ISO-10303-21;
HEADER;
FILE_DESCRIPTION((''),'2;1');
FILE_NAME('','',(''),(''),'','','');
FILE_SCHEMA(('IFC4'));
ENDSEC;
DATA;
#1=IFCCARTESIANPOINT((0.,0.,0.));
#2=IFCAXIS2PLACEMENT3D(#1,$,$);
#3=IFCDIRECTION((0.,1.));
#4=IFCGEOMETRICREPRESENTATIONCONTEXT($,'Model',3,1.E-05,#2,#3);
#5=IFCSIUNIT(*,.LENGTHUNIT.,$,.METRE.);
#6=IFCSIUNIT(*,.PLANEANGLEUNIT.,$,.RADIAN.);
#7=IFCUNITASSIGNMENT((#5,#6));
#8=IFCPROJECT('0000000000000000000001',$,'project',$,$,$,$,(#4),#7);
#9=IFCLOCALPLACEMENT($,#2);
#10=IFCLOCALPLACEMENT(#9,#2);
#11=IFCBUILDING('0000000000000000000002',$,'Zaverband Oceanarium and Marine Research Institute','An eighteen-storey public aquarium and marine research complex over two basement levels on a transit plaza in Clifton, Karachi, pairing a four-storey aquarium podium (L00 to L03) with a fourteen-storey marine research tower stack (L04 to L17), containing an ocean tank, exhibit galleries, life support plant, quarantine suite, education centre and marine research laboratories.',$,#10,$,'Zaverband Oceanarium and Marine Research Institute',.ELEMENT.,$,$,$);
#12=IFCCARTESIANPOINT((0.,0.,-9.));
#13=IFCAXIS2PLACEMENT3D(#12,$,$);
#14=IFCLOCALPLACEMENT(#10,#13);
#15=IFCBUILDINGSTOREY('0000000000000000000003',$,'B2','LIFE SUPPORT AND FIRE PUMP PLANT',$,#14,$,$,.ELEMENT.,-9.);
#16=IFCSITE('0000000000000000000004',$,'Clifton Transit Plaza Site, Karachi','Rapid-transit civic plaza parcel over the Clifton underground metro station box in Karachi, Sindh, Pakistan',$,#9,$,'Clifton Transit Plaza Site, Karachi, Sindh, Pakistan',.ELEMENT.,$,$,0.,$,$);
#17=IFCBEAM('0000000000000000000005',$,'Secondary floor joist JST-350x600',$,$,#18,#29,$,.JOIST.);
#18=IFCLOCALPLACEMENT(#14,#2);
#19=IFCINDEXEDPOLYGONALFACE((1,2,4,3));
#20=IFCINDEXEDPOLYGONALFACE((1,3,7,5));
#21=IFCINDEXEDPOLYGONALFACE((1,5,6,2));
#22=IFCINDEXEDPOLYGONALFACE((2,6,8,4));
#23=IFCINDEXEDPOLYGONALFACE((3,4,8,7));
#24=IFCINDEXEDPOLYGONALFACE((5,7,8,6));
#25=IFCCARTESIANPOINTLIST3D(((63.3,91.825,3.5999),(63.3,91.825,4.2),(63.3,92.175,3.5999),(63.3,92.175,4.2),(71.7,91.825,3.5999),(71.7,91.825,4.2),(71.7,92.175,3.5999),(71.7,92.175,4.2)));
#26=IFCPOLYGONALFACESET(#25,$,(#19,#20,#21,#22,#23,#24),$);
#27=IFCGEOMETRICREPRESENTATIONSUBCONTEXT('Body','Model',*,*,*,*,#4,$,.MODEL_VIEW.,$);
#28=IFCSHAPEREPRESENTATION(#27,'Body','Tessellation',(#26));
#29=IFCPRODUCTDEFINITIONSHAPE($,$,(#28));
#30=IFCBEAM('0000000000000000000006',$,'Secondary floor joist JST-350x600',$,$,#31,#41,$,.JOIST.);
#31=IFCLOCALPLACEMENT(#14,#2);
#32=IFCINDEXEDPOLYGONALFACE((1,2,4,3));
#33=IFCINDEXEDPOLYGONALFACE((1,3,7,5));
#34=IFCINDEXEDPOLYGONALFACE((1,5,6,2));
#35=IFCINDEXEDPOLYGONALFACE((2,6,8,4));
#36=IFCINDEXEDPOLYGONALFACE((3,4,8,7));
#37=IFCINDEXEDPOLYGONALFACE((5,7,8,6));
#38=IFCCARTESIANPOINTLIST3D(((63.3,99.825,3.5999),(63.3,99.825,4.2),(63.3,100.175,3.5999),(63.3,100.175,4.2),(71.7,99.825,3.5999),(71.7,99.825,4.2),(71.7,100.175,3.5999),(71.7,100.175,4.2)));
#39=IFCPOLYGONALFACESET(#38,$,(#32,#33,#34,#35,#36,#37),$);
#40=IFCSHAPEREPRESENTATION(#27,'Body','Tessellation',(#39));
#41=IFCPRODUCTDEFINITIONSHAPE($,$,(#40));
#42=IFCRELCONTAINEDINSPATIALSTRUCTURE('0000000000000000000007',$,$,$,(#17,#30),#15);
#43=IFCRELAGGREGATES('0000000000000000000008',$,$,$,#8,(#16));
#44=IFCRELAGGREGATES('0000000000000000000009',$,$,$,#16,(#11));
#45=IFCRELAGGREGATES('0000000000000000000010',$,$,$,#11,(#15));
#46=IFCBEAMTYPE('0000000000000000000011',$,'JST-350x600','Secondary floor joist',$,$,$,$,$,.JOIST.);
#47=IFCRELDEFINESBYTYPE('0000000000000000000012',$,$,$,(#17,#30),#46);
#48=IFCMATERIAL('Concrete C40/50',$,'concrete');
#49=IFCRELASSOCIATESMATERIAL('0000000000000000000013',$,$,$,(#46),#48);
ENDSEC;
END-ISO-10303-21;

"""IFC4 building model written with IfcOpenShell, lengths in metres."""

from ifc_helpers import new_model, si_unit, direction, frame, origin, origin_2d, place, context, subcontext, project, spatial, rectangle, extrude, material, material_profile, profile_set, type_object, element, save


model = new_model("IFC4")

# Units and contexts
model_context = context("Model", 3, precision=1e-05, world=origin(), true_north=direction((0.0, 1.0)))
body_context = subcontext(model_context, "Body", "Model", "MODEL_VIEW")
ifc_project = project(units=[si_unit("LENGTHUNIT", "METRE"), si_unit("PLANEANGLEUNIT", "RADIAN")], contexts=[model_context])

# Site, building, storey
site_placement = place(None, origin())
site = spatial("IfcSite", under=ifc_project, at=site_placement, Name="Clifton Transit Plaza Site, Karachi", Description="Rapid-transit civic plaza parcel over the Clifton underground metro station box in Karachi, Sindh, Pakistan", LongName="Clifton Transit Plaza Site, Karachi, Sindh, Pakistan", CompositionType="ELEMENT", RefElevation=0.0)
building_placement = place(site_placement, origin())
building = spatial("IfcBuilding", under=site, at=building_placement, Name="Zaverband Oceanarium and Marine Research Institute", Description="An eighteen-storey public aquarium and marine research complex over two basement levels on a transit plaza in Clifton, Karachi, pairing a four-storey aquarium podium (L00 to L03) with a fourteen-storey marine research tower stack (L04 to L17), containing an ocean tank, exhibit galleries, life support plant, quarantine suite, education centre and marine research laboratories.", LongName="Zaverband Oceanarium and Marine Research Institute", CompositionType="ELEMENT")
storey_placement = place(building_placement, frame((0.0, 0.0, -9.0)))
storey = spatial("IfcBuildingStorey", under=building, at=storey_placement, Name="B2", Description="LIFE SUPPORT AND FIRE PUMP PLANT", CompositionType="ELEMENT", Elevation=-9.0)

# Beams
ifc_material_1 = material(Name="Concrete C40/50", Category="concrete")
ifc_material_profile_1 = material_profile(ifc_material_1, rectangle(XDim=0.3501, YDim=0.6001, at=origin_2d()), Name="RC350x600")
ifc_profile_set_1 = profile_set([ifc_material_profile_1], Name="Concrete C40/50")
beam_type_1 = type_object("IfcBeamType", Name="JST-350x600", Description="Secondary floor joist", PredefinedType="JOIST", material=ifc_profile_set_1)
for number, where, z_axis, x_axis, name in (
    (1, (63.3, 92.0, 3.8999), (1.0, 0.0, 0.0), (0.0, 1.0, 0.0), "Secondary floor joist JST-350x600"),
    (2, (63.3, 100.0, 3.8999), (1.0, 0.0, 0.0), (0.0, 1.0, 0.0), "Secondary floor joist JST-350x600"),
):
    element("IfcBeam", number, at=place(storey_placement, frame(where, z_axis=z_axis, x_axis=x_axis)), inside=storey, type_object=beam_type_1, Name=name, PredefinedType="JOIST", context=body_context, shape_type="SweptSolid", body=[
        extrude(rectangle(XDim=0.3501, YDim=0.6001, at=origin_2d()), origin(), (0.0, 0.0, 1.0), 8.3999),
    ])

save(model, "model.ifc")
